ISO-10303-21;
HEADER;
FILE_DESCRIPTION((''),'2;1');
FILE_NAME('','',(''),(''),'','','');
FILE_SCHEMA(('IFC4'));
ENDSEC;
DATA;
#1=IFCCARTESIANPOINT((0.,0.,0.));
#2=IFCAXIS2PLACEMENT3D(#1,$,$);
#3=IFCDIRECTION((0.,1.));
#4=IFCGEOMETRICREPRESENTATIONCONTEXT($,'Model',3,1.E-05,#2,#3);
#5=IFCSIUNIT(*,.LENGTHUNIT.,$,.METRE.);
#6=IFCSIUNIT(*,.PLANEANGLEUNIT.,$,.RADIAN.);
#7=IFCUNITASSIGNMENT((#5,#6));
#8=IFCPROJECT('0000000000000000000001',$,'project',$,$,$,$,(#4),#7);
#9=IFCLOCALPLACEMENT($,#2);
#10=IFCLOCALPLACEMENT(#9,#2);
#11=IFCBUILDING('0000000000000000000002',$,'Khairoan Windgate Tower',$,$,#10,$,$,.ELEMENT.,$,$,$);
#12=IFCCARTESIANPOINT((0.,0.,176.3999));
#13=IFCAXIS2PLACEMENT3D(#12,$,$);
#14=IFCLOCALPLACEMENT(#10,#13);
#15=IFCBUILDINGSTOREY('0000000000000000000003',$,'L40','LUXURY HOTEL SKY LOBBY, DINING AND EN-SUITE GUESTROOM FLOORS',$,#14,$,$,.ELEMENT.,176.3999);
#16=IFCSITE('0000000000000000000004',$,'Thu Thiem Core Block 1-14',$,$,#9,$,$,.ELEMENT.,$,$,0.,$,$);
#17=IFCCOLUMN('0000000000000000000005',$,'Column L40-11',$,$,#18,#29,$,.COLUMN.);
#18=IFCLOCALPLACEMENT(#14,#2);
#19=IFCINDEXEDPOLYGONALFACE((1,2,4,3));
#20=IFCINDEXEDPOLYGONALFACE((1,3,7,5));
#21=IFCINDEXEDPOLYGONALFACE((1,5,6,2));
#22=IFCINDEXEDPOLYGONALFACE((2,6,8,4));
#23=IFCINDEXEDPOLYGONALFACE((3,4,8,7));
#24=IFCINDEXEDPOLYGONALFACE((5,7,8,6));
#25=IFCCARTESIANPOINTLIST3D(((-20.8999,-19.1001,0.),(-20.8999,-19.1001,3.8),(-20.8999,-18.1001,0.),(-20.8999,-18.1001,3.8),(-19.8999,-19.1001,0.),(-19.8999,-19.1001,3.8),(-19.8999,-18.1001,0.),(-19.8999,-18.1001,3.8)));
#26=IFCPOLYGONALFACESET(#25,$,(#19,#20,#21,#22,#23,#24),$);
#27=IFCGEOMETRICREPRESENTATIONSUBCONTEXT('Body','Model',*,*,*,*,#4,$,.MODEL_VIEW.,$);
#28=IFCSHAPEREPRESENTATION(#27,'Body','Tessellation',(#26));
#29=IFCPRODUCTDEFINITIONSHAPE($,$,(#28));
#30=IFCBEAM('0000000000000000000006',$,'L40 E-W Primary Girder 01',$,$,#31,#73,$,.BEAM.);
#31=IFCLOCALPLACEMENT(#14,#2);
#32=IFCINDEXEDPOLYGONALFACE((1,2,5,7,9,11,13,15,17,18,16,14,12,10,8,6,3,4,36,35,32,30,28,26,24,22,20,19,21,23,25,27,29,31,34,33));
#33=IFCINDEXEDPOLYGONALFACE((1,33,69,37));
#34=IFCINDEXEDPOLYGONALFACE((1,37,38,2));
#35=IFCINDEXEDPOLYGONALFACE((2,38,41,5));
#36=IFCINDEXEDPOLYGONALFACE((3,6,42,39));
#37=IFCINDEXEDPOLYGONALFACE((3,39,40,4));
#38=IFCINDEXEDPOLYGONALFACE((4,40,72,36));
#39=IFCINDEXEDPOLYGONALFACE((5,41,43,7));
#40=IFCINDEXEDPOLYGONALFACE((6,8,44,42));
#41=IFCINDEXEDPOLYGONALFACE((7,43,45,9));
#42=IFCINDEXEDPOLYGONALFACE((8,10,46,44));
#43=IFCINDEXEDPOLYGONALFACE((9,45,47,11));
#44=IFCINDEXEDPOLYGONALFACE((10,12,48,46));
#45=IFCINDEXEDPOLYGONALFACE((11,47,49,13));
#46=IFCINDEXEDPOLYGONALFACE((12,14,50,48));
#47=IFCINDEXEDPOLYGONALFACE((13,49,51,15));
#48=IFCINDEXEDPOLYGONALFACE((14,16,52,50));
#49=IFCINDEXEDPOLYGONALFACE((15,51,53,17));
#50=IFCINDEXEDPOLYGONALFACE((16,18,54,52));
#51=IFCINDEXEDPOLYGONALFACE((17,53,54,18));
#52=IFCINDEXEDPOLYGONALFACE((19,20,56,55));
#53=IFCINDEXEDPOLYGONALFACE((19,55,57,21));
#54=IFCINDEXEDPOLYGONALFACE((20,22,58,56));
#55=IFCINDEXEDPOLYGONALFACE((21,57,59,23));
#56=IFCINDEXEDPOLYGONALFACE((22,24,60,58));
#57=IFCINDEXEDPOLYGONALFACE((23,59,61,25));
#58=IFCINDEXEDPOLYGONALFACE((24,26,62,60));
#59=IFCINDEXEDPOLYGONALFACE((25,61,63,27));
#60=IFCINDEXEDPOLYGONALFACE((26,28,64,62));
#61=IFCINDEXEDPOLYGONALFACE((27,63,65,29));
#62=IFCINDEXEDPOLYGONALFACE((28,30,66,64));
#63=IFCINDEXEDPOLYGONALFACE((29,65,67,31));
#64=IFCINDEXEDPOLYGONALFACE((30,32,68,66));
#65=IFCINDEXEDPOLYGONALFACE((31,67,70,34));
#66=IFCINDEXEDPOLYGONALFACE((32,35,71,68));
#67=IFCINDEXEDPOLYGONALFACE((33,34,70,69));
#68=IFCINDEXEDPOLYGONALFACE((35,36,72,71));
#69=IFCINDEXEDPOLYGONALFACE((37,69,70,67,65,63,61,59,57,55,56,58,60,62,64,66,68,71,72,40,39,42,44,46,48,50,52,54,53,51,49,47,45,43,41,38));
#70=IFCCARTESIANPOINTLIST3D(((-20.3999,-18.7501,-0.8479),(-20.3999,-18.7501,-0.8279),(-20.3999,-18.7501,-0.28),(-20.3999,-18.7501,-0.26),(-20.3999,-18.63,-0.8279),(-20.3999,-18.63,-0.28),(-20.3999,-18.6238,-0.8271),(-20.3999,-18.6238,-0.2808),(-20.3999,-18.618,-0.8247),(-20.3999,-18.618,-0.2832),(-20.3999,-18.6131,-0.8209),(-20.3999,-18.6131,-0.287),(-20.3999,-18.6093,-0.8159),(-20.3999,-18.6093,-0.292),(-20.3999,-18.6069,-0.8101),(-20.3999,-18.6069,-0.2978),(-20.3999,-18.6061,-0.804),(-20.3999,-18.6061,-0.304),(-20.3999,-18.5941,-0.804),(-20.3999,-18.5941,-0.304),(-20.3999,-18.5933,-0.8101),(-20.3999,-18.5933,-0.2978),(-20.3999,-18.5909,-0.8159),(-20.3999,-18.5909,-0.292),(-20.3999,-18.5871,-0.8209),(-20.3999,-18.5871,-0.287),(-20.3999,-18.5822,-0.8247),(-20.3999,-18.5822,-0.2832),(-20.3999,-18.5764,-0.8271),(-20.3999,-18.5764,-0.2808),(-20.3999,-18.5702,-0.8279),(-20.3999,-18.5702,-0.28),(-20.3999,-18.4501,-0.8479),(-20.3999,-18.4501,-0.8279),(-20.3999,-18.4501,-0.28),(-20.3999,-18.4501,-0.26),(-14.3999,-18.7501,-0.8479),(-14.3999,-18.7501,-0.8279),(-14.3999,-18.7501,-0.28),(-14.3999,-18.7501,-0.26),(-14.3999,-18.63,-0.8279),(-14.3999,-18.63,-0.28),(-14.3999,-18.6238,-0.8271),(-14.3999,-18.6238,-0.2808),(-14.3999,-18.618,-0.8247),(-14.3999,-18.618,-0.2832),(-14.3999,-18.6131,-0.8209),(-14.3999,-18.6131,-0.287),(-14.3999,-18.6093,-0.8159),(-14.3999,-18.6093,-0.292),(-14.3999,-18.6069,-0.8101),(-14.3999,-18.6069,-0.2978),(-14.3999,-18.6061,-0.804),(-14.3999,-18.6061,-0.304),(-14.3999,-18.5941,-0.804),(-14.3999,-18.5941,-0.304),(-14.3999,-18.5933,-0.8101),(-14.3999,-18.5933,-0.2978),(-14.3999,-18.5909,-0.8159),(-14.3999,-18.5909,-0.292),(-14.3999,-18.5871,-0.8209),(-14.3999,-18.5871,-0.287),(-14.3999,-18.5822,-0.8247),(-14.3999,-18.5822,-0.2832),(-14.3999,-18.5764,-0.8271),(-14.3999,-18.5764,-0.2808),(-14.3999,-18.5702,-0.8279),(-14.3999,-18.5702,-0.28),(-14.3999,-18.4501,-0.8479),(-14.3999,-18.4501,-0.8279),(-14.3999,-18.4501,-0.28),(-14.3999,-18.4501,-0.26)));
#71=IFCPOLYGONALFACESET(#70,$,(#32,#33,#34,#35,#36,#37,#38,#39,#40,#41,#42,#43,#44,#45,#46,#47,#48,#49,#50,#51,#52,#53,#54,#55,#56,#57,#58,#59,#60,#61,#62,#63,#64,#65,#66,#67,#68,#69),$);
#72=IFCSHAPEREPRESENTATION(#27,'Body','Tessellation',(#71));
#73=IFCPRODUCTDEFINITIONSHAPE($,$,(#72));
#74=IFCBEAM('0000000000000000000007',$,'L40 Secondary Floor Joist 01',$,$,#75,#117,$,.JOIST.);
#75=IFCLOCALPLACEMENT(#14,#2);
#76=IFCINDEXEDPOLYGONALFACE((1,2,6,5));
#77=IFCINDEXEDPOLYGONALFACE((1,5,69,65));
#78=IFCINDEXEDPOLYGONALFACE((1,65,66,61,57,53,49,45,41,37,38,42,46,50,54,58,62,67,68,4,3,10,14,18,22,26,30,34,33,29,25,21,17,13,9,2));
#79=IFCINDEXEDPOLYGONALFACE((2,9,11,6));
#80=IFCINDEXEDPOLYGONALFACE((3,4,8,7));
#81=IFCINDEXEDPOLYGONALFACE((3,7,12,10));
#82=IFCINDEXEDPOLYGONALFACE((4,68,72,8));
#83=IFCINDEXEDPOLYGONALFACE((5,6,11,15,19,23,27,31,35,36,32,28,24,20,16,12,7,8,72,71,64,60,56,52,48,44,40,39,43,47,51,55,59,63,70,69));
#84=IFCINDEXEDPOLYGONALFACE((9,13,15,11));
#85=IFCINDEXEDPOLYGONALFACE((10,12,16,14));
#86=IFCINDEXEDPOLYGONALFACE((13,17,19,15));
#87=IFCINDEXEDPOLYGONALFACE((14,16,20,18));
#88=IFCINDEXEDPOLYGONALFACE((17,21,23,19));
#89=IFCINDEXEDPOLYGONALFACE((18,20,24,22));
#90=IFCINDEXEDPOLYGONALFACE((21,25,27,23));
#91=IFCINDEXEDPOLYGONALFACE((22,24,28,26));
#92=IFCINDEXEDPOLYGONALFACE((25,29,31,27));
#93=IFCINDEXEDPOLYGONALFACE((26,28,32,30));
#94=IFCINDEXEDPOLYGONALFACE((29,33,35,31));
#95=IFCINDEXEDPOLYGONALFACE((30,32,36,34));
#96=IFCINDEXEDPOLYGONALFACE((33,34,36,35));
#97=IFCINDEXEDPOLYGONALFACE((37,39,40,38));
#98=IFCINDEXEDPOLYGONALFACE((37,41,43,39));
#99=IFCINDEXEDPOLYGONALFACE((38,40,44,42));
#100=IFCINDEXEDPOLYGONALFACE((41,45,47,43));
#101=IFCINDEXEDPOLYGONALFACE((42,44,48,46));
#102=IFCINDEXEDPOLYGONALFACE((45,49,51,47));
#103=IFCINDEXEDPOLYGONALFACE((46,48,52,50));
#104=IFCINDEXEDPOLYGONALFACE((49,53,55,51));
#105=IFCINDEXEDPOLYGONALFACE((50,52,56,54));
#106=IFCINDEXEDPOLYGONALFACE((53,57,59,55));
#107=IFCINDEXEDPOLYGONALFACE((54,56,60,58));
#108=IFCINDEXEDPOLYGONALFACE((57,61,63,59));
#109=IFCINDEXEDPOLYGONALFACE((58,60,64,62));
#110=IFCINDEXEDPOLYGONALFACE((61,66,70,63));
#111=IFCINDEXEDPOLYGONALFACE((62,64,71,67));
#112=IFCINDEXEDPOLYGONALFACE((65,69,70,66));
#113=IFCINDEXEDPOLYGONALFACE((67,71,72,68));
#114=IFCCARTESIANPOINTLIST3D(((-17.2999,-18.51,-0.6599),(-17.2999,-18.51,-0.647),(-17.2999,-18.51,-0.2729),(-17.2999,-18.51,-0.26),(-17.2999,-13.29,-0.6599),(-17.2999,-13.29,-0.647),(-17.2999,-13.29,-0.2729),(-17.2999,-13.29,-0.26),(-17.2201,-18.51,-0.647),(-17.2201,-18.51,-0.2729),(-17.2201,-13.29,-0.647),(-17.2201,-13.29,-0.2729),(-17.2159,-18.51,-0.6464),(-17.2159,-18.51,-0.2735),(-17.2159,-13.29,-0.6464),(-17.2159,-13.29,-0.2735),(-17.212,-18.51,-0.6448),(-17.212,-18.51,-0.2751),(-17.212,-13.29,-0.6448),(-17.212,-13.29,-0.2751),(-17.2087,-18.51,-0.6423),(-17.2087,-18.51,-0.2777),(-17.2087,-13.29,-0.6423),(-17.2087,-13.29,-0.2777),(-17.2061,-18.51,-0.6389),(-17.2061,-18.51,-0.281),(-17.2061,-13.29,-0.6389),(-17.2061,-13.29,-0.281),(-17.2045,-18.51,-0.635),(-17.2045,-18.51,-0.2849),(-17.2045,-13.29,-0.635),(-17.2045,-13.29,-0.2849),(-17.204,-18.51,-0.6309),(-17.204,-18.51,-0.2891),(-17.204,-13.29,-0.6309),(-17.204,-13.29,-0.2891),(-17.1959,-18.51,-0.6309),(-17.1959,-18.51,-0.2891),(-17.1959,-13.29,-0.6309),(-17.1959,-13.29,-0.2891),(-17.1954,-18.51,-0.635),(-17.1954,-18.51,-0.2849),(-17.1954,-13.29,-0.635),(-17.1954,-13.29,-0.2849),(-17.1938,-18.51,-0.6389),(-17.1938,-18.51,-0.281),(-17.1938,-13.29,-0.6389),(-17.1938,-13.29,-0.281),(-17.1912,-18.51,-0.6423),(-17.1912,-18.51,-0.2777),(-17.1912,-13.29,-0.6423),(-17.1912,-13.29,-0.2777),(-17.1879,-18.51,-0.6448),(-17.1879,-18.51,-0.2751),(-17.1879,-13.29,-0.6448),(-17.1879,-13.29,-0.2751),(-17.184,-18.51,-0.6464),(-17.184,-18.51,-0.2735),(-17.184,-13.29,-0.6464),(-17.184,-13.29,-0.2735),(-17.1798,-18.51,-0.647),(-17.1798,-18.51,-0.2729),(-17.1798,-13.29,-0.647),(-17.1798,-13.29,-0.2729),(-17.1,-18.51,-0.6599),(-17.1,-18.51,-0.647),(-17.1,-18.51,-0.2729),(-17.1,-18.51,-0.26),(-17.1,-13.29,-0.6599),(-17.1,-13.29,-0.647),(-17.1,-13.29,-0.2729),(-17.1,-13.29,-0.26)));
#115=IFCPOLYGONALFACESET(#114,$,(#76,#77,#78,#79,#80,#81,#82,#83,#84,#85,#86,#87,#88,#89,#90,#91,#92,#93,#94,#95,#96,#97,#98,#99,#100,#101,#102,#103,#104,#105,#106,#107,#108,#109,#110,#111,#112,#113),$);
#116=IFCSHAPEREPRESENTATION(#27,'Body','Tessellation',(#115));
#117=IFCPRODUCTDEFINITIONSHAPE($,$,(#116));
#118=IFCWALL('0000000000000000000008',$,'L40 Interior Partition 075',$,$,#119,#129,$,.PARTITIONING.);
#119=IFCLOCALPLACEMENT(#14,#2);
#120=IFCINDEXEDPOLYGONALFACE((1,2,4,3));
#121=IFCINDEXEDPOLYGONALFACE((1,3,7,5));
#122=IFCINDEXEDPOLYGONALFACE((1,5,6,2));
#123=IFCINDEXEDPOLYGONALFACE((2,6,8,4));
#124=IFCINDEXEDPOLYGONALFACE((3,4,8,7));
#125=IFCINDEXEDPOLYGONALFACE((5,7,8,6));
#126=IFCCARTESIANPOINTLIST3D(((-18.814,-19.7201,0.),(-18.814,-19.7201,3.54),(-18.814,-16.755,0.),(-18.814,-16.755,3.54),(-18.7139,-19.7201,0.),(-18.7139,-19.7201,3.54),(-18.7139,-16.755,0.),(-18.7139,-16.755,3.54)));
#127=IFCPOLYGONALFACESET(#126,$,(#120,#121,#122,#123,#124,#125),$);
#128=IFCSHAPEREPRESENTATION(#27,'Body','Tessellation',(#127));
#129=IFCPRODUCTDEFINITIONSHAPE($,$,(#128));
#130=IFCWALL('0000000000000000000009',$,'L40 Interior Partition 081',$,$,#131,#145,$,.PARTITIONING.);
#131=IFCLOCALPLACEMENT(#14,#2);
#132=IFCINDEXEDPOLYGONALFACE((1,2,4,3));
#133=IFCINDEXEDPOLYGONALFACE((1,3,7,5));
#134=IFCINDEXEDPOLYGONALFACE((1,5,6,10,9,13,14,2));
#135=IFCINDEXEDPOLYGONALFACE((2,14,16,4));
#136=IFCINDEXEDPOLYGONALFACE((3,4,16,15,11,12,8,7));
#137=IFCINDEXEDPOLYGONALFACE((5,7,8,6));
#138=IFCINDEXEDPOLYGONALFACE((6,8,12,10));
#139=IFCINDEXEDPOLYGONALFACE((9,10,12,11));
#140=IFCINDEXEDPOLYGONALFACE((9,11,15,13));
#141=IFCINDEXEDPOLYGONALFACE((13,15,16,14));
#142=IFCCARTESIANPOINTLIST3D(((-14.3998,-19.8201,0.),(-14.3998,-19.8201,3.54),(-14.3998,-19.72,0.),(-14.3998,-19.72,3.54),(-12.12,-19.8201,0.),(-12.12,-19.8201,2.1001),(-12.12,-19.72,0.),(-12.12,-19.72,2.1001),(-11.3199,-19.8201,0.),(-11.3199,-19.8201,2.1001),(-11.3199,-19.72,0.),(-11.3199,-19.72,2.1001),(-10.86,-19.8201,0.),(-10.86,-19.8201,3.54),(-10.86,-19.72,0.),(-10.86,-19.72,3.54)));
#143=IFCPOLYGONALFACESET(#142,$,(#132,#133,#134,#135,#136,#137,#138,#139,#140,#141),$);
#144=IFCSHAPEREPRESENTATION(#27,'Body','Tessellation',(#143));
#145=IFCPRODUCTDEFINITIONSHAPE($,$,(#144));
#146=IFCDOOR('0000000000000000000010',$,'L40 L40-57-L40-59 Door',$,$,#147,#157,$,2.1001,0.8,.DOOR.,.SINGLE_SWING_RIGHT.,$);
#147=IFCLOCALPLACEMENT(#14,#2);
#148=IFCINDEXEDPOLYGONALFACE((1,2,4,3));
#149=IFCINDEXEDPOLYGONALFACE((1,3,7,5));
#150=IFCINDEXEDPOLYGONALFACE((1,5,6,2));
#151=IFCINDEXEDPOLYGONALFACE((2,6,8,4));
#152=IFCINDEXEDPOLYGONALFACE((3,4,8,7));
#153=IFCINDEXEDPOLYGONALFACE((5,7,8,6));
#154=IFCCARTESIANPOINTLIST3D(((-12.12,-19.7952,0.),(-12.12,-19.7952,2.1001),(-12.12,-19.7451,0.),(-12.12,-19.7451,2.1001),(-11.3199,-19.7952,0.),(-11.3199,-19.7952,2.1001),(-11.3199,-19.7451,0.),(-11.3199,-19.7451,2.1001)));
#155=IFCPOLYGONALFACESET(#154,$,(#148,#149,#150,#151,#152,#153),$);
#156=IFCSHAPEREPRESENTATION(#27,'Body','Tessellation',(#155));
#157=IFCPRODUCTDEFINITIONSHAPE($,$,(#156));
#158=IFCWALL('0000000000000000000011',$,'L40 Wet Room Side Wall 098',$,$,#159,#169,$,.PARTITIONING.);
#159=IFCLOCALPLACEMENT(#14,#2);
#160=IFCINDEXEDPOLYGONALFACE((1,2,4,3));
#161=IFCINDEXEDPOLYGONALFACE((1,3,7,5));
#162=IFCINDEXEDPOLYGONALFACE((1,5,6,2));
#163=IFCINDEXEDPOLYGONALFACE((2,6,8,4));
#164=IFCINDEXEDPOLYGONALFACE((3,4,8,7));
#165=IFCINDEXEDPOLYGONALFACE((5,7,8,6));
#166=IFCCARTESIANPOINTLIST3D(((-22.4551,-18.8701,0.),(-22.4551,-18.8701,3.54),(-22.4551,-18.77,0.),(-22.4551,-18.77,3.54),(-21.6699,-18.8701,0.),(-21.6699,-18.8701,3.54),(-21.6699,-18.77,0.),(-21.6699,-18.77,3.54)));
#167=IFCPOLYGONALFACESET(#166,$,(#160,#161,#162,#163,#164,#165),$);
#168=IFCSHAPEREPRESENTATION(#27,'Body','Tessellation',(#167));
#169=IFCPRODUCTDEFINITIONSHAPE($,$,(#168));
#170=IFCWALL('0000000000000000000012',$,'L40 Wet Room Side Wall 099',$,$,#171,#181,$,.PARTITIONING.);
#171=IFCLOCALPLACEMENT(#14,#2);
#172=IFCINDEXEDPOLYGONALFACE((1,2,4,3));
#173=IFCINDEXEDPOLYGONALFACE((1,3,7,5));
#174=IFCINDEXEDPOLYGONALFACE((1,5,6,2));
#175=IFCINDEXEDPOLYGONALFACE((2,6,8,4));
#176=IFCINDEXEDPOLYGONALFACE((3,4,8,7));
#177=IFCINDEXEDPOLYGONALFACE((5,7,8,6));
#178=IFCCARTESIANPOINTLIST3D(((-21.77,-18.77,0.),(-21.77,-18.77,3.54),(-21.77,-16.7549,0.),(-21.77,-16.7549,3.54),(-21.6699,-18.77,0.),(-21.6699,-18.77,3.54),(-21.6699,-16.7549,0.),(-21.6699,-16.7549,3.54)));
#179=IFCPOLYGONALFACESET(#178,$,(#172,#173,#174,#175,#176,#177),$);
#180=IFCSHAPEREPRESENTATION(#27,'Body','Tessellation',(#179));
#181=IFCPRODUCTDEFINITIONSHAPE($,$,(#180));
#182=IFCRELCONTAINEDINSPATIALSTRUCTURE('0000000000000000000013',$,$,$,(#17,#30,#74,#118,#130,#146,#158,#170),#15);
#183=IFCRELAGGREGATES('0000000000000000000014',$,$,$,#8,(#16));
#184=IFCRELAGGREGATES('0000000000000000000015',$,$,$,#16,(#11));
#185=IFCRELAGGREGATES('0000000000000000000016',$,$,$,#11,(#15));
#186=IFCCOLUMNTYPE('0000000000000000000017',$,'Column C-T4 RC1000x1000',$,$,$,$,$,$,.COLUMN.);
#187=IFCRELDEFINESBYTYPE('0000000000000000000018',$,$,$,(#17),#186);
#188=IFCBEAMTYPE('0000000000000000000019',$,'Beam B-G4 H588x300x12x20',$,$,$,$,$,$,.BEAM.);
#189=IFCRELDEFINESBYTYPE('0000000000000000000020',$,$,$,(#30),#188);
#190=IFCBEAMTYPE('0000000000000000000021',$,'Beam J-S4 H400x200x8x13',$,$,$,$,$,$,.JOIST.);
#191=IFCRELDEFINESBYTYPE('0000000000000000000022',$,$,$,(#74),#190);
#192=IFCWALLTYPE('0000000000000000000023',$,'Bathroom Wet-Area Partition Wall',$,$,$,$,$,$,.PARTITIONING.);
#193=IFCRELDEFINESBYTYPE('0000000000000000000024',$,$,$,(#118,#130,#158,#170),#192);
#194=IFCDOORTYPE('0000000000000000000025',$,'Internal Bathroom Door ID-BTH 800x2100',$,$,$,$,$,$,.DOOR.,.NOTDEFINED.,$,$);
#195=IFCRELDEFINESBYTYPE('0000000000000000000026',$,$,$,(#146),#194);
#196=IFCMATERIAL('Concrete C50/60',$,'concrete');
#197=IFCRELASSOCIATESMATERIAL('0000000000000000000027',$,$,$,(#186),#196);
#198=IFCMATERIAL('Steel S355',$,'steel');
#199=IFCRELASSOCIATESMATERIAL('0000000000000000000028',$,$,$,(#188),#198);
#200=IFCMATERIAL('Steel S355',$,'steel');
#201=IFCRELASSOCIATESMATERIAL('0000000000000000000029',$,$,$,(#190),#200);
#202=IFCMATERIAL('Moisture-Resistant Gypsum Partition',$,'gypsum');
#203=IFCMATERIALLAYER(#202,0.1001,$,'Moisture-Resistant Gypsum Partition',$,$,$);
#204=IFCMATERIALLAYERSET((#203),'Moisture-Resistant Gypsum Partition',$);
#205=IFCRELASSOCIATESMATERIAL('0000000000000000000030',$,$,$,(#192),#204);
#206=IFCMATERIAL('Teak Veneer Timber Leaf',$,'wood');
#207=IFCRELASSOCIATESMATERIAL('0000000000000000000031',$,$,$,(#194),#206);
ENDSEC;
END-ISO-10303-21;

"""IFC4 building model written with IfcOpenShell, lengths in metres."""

from ifc_helpers import new_model, si_unit, direction, frame, frame_2d, origin, origin_2d, place, context, subcontext, project, spatial, rectangle, i_section, extrude, material, layer, layer_set, material_profile, profile_set, type_object, element, fill, save


model = new_model("IFC4")

# Units and contexts
model_context = context("Model", 3, precision=1e-05, world=origin(), true_north=direction((0.0, 1.0)))
body_context = subcontext(model_context, "Body", "Model", "MODEL_VIEW")
ifc_project = project(units=[si_unit("LENGTHUNIT", "METRE"), si_unit("PLANEANGLEUNIT", "RADIAN")], contexts=[model_context])

# Site, building, storey
site_placement = place(None, origin())
site = spatial("IfcSite", under=ifc_project, at=site_placement, Name="Thu Thiem Core Block 1-14", CompositionType="ELEMENT", RefElevation=0.0)
building_placement = place(site_placement, origin())
building = spatial("IfcBuilding", under=site, at=building_placement, Name="Khairoan Windgate Tower", CompositionType="ELEMENT")
storey_placement = place(building_placement, frame((0.0, 0.0, 176.3999)))
storey = spatial("IfcBuildingStorey", under=building, at=storey_placement, Name="L40", Description="LUXURY HOTEL SKY LOBBY, DINING AND EN-SUITE GUESTROOM FLOORS", CompositionType="ELEMENT", Elevation=176.3999)

# Column
ifc_material_1 = material(Name="Concrete C50/60", Category="concrete")
ifc_material_profile_1 = material_profile(ifc_material_1, rectangle(XDim=1.0, YDim=1.0, at=origin_2d()))
ifc_profile_set_1 = profile_set([ifc_material_profile_1], Name="Concrete C50/60")
column_type = type_object("IfcColumnType", Name="Column C-T4 RC1000x1000", PredefinedType="COLUMN", material=ifc_profile_set_1)
column_placement = place(storey_placement, frame((-20.3999, -18.6001, 0.0), z_axis=(0.0, 0.0, 1.0), x_axis=(1.0, 0.0, 0.0)))
element("IfcColumn", 1, at=column_placement, inside=storey, type_object=column_type, Name="Column L40-11", PredefinedType="COLUMN", context=body_context, shape_type="SweptSolid", body=[
    extrude(rectangle(XDim=1.0, YDim=1.0, at=origin_2d()), origin(), (0.0, 0.0, 1.0), 3.8),
])

# Beams
ifc_material_2 = material(Name="Steel S355", Category="steel")
ifc_material_profile_2 = material_profile(ifc_material_2, i_section(OverallWidth=0.3, OverallDepth=0.5879, WebThickness=0.012, FlangeThickness=0.02, FilletRadius=0.0239, at=origin_2d()))
ifc_profile_set_2 = profile_set([ifc_material_profile_2], Name="Steel S355")
beam_type_1 = type_object("IfcBeamType", Name="Beam B-G4 H588x300x12x20", PredefinedType="BEAM", material=ifc_profile_set_2)
beam_1_placement = place(storey_placement, frame((-20.3999, -18.6001, -0.554), z_axis=(1.0, 0.0, 0.0), x_axis=(0.0, 1.0, 0.0)))
element("IfcBeam", 2, at=beam_1_placement, inside=storey, type_object=beam_type_1, Name="L40 E-W Primary Girder 01", PredefinedType="BEAM", context=body_context, shape_type="SweptSolid", body=[
    extrude(i_section(OverallWidth=0.3, OverallDepth=0.5879, WebThickness=0.012, FlangeThickness=0.02, FilletRadius=0.0239, at=origin_2d()), origin(), (0.0, 0.0, 1.0), 6.0),
])
ifc_material_3 = material(Name="Steel S355", Category="steel")
ifc_material_profile_3 = material_profile(ifc_material_3, i_section(OverallWidth=0.2, OverallDepth=0.3999, WebThickness=0.0081, FlangeThickness=0.0129, FilletRadius=0.0161, at=origin_2d()))
ifc_profile_set_3 = profile_set([ifc_material_profile_3], Name="Steel S355")
beam_type_2 = type_object("IfcBeamType", Name="Beam J-S4 H400x200x8x13", PredefinedType="JOIST", material=ifc_profile_set_3)
beam_2_placement = place(storey_placement, frame((-17.2, -18.51, -0.46), z_axis=(0.0, 1.0, 0.0), x_axis=(-1.0, 0.0, 0.0)))
element("IfcBeam", 3, at=beam_2_placement, inside=storey, type_object=beam_type_2, Name="L40 Secondary Floor Joist 01", PredefinedType="JOIST", context=body_context, shape_type="SweptSolid", body=[
    extrude(i_section(OverallWidth=0.2, OverallDepth=0.3999, WebThickness=0.0081, FlangeThickness=0.0129, FilletRadius=0.0161, at=origin_2d()), origin(), (0.0, 0.0, 1.0), 5.22),
])

# Wall
ifc_material_4 = material(Name="Moisture-Resistant Gypsum Partition", Category="gypsum")
ifc_layer_1 = layer(ifc_material_4, 0.1001, Name="Moisture-Resistant Gypsum Partition")
ifc_layer_set_1 = layer_set([ifc_layer_1], Name="Moisture-Resistant Gypsum Partition")
wall_type_1 = type_object("IfcWallType", Name="Bathroom Wet-Area Partition Wall", PredefinedType="PARTITIONING", material=ifc_layer_set_1)
wall_1_placement = place(storey_placement, frame((-18.7639, -19.72, 0.0), z_axis=(0.0, 0.0, 1.0), x_axis=(0.0, 1.0, 0.0)))
element("IfcWall", 4, at=wall_1_placement, inside=storey, type_object=wall_type_1, Name="L40 Interior Partition 075", PredefinedType="PARTITIONING", context=body_context, shape_type="SweptSolid", body=[
    extrude(rectangle(XDim=2.9651, YDim=0.1001, at=frame_2d((1.4824, 0.0))), origin(), (0.0, 0.0, 1.0), 3.54),
])

# Wall, opening, door
wall_2_placement = place(storey_placement, frame((-14.3999, -19.77, 0.0), z_axis=(0.0, 0.0, 1.0), x_axis=(1.0, 0.0, 0.0)))
wall_2 = element("IfcWall", 5, at=wall_2_placement, inside=storey, type_object=wall_type_1, Name="L40 Interior Partition 081", PredefinedType="PARTITIONING", context=body_context, shape_type="SweptSolid", body=[
    extrude(rectangle(XDim=3.5398, YDim=0.1001, at=frame_2d((1.77, 0.0))), origin(), (0.0, 0.0, 1.0), 3.54),
])
opening_1_placement = place(wall_2_placement, frame((2.28, 0.0, 0.0)))
opening_1 = element("IfcOpeningElement", 6, at=opening_1_placement, cuts=wall_2, PredefinedType="OPENING", context=body_context, shape_type="SweptSolid", body=[
    extrude(rectangle(XDim=0.8, YDim=2.1001, at=frame_2d((0.3999, 1.05))), frame((0.0, 0.0601, 0.0), z_axis=(0.0, -1.0, 0.0), x_axis=(1.0, 0.0, 0.0)), (0.0, 0.0, 1.0), 0.1201),
])
ifc_material_5 = material(Name="Teak Veneer Timber Leaf", Category="wood")
door_type_1 = type_object("IfcDoorType", Name="Internal Bathroom Door ID-BTH 800x2100", OperationType="NOTDEFINED", PredefinedType="DOOR", material=ifc_material_5)
door_1_placement = place(opening_1_placement, origin())
door_1 = element("IfcDoor", 7, at=door_1_placement, inside=storey, type_object=door_type_1, Name="L40 L40-57-L40-59 Door", OperationType="SINGLE_SWING_RIGHT", OverallHeight=2.1001, OverallWidth=0.8, PredefinedType="DOOR", context=body_context, shape_type="SweptSolid", body=[
    extrude(rectangle(XDim=0.8, YDim=2.1001, at=frame_2d((0.3999, 1.05))), frame((0.0, 0.0249, 0.0), z_axis=(0.0, -1.0, 0.0), x_axis=(1.0, 0.0, 0.0)), (0.0, 0.0, 1.0), 0.05),
])
fill(opening_1, door_1)

# Walls
wall_3_placement = place(storey_placement, frame((-21.6699, -18.8201, 0.0), z_axis=(0.0, 0.0, 1.0), x_axis=(-1.0, 0.0, 0.0)))
element("IfcWall", 8, at=wall_3_placement, inside=storey, type_object=wall_type_1, Name="L40 Wet Room Side Wall 098", PredefinedType="PARTITIONING", context=body_context, shape_type="SweptSolid", body=[
    extrude(rectangle(XDim=0.7852, YDim=0.1001, at=frame_2d((0.3926, 0.0))), origin(), (0.0, 0.0, 1.0), 3.54),
])
wall_4_placement = place(storey_placement, frame((-21.72, -18.77, 0.0), z_axis=(0.0, 0.0, 1.0), x_axis=(0.0, 1.0, 0.0)))
element("IfcWall", 9, at=wall_4_placement, inside=storey, type_object=wall_type_1, Name="L40 Wet Room Side Wall 099", PredefinedType="PARTITIONING", context=body_context, shape_type="SweptSolid", body=[
    extrude(rectangle(XDim=2.0151, YDim=0.1001, at=frame_2d((1.0076, 0.0))), origin(), (0.0, 0.0, 1.0), 3.54),
])

save(model, "model.ifc")
